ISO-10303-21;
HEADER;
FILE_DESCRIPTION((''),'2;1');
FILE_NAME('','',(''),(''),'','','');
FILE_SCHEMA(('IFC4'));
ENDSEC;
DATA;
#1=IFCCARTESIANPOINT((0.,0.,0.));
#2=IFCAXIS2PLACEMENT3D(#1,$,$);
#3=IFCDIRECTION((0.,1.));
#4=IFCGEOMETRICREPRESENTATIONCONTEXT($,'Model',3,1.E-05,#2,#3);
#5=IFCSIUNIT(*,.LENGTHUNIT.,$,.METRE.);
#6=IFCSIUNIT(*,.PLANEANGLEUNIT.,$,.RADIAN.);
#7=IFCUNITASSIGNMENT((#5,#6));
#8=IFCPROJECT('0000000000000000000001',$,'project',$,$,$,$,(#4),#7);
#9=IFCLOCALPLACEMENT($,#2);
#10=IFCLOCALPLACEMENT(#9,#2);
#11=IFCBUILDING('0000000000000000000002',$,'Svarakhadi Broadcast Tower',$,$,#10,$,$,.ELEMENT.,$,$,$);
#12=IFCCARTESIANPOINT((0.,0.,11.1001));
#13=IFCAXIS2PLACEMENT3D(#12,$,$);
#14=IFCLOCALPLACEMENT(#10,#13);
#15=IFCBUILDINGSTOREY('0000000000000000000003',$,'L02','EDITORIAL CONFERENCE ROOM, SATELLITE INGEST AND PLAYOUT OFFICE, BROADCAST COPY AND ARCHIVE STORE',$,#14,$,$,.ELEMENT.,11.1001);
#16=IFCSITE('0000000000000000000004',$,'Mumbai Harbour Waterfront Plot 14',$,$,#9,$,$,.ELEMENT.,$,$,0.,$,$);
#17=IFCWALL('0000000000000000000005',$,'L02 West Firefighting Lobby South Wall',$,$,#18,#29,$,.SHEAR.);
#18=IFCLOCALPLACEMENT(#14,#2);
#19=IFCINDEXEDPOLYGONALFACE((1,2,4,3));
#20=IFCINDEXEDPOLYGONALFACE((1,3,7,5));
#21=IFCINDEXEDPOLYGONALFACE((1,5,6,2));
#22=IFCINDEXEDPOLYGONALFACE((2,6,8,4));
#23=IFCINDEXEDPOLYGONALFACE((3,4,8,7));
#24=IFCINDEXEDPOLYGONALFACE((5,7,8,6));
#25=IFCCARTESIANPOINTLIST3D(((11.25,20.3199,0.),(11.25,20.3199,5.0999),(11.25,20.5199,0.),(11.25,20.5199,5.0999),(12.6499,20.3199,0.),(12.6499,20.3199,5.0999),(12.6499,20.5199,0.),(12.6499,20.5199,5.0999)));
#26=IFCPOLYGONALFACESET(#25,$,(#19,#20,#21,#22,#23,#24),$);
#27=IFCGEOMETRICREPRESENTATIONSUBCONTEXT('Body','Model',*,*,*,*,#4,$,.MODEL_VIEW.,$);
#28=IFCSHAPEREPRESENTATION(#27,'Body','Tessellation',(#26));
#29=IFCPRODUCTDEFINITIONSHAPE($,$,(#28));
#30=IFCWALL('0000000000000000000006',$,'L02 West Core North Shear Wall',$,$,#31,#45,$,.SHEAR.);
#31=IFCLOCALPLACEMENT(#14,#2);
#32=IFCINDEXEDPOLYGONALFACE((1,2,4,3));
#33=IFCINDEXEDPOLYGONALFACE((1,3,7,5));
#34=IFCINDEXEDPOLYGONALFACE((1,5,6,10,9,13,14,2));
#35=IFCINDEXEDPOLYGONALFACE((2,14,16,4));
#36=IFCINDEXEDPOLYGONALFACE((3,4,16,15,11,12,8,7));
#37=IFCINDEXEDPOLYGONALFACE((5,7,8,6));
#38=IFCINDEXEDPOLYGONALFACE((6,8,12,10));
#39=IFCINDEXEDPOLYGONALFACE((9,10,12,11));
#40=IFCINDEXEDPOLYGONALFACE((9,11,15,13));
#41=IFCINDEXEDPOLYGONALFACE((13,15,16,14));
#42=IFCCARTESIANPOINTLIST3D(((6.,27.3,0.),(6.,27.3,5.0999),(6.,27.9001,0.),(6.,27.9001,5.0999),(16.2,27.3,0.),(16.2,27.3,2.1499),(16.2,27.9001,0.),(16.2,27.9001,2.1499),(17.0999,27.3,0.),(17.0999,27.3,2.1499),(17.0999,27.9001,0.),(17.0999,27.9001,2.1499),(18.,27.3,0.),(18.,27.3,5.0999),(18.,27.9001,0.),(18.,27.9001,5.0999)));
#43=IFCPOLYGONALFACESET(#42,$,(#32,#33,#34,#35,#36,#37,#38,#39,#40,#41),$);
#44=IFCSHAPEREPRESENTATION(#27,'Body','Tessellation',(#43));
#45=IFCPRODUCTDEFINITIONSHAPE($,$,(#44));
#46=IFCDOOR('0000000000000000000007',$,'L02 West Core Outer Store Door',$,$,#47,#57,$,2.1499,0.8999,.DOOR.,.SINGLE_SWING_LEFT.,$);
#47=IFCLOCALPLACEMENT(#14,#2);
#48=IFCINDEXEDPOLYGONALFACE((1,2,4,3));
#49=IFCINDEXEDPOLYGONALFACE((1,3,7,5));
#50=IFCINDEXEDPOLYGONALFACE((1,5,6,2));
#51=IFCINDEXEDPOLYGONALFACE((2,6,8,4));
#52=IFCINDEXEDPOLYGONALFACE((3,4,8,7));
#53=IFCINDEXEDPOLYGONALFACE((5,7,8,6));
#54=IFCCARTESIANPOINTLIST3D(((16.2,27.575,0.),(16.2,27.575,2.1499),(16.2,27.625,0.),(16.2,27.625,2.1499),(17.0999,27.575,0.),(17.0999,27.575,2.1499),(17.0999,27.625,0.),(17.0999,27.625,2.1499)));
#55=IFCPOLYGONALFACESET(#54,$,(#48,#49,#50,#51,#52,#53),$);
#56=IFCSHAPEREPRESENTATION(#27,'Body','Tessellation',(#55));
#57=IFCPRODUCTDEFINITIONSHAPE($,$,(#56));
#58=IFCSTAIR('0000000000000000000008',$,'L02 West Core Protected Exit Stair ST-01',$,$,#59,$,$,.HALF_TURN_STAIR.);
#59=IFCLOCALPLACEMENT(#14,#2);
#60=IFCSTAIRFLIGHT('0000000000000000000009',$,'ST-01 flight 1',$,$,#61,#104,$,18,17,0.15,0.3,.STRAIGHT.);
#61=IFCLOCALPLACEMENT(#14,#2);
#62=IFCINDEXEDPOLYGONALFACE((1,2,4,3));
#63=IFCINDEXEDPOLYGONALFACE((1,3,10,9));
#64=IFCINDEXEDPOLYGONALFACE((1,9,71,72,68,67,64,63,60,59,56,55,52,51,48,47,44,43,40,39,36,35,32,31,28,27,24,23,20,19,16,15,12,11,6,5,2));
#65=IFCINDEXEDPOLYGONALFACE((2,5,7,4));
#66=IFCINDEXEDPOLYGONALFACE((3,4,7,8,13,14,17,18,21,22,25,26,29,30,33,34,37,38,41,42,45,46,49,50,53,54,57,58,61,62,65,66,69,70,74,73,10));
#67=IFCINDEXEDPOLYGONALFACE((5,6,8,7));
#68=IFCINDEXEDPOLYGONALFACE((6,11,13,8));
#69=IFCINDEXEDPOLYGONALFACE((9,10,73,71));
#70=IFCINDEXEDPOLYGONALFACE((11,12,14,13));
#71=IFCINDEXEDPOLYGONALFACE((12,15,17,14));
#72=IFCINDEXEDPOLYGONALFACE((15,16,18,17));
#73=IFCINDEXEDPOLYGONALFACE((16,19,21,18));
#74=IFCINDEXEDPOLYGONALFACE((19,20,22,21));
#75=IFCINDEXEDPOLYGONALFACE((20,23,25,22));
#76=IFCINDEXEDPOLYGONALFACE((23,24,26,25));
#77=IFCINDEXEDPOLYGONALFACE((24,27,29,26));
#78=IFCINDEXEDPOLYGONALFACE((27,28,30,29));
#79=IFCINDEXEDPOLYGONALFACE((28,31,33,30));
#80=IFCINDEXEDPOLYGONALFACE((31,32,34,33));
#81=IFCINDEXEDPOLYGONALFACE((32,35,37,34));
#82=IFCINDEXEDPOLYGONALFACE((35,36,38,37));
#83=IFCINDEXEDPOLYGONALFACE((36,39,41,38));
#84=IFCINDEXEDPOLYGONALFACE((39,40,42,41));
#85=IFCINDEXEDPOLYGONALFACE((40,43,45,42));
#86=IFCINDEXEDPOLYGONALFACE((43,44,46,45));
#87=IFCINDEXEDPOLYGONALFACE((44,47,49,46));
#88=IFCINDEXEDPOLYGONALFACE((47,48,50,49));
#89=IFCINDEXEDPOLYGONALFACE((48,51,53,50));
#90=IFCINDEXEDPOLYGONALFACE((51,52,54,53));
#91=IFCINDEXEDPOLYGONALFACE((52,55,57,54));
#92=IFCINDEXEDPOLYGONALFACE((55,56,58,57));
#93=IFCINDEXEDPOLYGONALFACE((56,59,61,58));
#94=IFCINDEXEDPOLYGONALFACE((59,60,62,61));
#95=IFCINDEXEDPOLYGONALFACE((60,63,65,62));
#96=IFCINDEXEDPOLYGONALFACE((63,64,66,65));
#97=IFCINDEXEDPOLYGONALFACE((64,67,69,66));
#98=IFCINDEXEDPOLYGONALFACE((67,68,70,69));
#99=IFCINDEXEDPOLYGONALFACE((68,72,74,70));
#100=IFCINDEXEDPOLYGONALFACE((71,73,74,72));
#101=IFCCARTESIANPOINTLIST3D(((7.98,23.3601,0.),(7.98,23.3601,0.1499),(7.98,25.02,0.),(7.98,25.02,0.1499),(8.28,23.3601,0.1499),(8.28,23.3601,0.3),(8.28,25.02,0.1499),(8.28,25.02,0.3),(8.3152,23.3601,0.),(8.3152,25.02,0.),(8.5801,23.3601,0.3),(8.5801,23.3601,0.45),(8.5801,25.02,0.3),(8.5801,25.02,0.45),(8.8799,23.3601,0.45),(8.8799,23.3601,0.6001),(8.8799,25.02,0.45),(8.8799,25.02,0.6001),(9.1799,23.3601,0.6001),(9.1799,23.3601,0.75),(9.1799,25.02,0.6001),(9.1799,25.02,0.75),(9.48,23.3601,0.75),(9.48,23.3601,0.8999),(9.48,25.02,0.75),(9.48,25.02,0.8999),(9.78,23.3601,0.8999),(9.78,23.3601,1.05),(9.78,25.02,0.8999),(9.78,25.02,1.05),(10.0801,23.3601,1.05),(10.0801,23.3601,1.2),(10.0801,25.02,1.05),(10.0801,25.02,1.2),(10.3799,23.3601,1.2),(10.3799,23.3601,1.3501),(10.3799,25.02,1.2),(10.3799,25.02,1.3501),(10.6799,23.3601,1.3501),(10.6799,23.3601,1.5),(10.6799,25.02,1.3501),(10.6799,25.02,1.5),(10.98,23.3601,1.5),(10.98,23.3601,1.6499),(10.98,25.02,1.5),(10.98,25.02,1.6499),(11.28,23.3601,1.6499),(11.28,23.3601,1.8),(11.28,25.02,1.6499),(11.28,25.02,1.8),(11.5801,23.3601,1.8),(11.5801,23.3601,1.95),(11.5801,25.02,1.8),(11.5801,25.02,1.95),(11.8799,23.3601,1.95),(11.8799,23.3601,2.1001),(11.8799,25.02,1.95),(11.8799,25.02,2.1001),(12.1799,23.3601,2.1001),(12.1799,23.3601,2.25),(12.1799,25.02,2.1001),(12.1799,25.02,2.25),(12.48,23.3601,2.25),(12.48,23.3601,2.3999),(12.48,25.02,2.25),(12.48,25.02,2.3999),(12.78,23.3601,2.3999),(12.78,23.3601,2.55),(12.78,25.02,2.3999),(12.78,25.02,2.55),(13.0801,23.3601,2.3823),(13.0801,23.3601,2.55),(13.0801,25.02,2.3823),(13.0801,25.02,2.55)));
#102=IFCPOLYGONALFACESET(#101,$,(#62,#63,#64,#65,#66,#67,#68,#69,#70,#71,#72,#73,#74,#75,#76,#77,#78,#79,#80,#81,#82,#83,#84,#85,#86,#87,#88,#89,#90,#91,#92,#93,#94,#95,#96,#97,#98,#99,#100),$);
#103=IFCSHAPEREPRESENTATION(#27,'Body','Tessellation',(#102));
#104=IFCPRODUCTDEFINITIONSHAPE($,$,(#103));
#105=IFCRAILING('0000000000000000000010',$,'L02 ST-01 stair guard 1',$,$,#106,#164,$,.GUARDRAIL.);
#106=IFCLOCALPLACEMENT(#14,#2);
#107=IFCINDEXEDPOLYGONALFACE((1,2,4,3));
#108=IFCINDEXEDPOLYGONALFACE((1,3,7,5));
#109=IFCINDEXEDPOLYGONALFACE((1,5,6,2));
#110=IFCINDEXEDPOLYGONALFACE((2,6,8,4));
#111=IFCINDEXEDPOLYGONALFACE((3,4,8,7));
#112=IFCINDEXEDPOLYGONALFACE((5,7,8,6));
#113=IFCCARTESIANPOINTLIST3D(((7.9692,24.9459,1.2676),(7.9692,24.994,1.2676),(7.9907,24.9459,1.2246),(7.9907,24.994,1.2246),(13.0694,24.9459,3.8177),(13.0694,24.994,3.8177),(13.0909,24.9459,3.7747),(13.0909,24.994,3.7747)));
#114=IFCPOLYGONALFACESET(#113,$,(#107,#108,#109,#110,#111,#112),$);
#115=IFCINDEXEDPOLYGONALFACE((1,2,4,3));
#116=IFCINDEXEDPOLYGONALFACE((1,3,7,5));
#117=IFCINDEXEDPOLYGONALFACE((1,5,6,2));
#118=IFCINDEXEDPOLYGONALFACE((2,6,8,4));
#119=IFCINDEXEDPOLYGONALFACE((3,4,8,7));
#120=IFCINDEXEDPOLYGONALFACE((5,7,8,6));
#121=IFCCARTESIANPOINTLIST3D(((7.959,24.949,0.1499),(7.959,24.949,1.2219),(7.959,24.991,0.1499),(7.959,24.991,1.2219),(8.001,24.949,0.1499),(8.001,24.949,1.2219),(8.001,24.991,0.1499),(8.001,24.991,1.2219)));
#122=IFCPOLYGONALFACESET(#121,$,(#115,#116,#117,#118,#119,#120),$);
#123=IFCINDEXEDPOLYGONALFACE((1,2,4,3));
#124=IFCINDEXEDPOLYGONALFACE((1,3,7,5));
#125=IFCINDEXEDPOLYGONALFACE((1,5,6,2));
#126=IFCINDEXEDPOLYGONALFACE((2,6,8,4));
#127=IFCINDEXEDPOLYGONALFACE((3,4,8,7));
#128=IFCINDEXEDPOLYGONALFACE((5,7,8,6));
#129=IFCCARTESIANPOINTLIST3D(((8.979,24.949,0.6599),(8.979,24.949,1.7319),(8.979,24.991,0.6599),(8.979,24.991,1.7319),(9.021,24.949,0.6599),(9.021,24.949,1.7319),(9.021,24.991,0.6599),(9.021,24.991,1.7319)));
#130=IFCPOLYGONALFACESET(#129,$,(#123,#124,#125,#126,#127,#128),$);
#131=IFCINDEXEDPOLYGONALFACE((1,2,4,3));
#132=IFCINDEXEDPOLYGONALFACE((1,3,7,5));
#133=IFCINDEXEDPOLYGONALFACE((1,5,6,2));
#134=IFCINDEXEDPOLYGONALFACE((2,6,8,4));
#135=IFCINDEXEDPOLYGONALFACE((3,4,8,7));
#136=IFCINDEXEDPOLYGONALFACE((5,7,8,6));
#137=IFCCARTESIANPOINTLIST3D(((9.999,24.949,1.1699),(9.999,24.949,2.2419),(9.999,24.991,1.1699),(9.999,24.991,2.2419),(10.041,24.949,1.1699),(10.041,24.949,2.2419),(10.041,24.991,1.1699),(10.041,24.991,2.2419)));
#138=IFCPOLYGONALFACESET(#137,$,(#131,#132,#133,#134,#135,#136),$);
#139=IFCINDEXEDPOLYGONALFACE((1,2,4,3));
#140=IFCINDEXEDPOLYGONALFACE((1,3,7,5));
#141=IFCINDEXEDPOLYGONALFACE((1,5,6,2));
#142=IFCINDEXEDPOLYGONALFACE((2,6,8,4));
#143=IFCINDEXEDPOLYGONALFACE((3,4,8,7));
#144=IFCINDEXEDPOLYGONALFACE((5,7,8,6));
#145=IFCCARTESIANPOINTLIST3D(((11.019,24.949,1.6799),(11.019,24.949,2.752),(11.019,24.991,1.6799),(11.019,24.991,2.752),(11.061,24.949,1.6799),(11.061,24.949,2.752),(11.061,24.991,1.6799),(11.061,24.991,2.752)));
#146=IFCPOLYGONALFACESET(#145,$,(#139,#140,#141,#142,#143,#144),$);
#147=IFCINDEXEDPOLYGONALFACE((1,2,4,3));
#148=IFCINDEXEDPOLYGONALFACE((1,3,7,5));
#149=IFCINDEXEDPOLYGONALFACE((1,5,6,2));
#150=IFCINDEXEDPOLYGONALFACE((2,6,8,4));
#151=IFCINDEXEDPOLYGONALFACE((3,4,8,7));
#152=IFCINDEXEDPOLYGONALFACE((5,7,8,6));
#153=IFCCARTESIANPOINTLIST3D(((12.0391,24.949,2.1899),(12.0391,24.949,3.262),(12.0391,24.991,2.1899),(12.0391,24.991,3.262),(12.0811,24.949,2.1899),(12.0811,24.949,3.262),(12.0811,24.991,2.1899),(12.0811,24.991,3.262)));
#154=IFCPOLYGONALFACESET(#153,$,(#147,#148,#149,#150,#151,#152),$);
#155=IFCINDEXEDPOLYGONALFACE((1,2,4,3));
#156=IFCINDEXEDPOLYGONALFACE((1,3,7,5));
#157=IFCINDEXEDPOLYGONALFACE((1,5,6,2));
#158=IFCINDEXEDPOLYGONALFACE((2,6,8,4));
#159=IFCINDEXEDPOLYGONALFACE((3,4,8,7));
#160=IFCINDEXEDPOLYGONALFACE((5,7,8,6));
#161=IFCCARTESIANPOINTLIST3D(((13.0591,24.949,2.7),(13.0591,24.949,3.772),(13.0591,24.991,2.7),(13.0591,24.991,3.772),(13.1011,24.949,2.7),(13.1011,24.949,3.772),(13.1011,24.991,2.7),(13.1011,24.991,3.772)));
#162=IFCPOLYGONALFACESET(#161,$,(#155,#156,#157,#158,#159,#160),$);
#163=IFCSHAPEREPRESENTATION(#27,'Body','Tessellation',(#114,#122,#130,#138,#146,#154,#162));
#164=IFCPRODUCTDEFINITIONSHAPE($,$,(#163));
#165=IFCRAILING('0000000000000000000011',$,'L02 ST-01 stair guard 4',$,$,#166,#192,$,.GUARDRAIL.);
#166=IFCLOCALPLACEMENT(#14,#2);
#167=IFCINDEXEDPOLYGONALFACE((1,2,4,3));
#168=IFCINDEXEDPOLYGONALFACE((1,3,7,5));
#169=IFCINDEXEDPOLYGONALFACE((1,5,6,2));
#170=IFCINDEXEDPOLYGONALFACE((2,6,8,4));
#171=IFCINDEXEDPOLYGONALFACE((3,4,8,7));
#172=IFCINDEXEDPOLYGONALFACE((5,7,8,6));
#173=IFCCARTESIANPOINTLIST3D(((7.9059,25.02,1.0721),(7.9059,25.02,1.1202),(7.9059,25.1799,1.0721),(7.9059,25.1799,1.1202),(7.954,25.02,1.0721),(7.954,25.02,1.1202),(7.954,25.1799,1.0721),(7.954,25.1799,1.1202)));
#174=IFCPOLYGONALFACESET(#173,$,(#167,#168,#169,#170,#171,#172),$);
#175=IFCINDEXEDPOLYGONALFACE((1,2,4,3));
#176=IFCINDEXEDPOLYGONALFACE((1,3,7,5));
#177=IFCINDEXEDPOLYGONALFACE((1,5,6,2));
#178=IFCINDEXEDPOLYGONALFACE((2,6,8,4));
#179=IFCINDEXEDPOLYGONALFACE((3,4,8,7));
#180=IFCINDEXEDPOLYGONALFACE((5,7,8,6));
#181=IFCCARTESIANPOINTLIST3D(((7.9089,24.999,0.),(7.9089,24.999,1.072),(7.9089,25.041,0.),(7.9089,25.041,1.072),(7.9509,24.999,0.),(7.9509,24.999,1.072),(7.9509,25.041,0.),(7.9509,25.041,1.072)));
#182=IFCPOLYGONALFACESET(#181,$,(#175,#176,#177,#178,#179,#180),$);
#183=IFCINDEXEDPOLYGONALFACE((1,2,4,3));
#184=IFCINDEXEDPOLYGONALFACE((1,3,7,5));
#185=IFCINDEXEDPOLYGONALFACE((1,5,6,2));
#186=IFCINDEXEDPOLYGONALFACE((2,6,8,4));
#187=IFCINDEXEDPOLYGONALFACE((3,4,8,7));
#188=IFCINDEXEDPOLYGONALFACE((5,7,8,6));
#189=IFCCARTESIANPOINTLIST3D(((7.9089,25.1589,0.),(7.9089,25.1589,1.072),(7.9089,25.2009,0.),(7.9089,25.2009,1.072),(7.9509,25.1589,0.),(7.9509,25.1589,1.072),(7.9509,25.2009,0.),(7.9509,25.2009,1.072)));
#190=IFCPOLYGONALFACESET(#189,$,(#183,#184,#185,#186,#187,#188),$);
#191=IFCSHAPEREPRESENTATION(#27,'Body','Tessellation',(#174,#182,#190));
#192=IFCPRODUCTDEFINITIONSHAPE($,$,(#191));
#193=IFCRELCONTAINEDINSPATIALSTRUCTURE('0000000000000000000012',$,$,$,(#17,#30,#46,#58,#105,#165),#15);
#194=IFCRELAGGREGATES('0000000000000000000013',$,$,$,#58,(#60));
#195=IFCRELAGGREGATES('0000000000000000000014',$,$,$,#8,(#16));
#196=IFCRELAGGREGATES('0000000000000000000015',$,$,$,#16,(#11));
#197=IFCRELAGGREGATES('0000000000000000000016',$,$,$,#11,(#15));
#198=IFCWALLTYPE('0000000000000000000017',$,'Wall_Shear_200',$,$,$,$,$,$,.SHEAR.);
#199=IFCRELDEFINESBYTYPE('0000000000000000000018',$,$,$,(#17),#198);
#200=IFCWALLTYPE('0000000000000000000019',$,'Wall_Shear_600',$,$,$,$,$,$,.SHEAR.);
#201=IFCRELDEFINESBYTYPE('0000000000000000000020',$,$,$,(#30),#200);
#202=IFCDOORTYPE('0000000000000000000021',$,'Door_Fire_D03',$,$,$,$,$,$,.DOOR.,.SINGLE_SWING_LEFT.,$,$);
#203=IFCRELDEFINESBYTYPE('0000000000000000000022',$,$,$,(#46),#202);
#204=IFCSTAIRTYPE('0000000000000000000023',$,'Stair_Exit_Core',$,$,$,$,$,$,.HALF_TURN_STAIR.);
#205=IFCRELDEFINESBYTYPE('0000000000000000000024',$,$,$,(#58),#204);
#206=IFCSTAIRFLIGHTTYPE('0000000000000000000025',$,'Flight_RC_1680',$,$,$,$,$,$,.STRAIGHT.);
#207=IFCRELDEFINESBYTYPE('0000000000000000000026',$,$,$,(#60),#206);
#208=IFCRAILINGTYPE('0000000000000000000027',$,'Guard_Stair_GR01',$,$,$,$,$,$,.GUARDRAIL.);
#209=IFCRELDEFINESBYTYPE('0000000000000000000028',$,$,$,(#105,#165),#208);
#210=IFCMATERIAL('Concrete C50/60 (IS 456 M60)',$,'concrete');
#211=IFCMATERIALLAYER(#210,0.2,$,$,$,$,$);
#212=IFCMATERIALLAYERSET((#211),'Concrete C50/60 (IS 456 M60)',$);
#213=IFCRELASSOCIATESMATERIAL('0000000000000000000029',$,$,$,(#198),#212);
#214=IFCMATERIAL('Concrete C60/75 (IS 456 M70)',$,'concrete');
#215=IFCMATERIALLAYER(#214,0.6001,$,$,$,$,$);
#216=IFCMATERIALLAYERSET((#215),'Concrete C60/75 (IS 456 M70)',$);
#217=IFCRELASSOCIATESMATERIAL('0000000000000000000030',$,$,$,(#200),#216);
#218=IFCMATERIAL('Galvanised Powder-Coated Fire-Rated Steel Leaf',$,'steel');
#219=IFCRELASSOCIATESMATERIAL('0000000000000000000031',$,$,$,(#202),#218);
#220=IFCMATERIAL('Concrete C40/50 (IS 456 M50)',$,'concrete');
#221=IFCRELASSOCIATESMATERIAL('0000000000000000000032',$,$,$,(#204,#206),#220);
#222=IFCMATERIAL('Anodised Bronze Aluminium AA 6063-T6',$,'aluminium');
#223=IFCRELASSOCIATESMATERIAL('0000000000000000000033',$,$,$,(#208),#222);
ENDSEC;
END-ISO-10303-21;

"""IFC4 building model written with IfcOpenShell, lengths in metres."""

from ifc_helpers import new_model, si_unit, direction, frame, frame_2d, origin, origin_2d, place, context, subcontext, project, spatial, polyline, rectangle, outline, extrude, material, layer, layer_set, type_object, element, fill, aggregate, save


model = new_model("IFC4")

# Units and contexts
model_context = context("Model", 3, precision=1e-05, world=origin(), true_north=direction((0.0, 1.0)))
body_context = subcontext(model_context, "Body", "Model", "MODEL_VIEW")
ifc_project = project(units=[si_unit("LENGTHUNIT", "METRE"), si_unit("PLANEANGLEUNIT", "RADIAN")], contexts=[model_context])

# Site, building, storey
site_placement = place(None, origin())
site = spatial("IfcSite", under=ifc_project, at=site_placement, Name="Mumbai Harbour Waterfront Plot 14", CompositionType="ELEMENT", RefElevation=0.0)
building_placement = place(site_placement, origin())
building = spatial("IfcBuilding", under=site, at=building_placement, Name="Svarakhadi Broadcast Tower", CompositionType="ELEMENT")
storey_placement = place(building_placement, frame((0.0, 0.0, 11.1001)))
storey = spatial("IfcBuildingStorey", under=building, at=storey_placement, Name="L02", Description="EDITORIAL CONFERENCE ROOM, SATELLITE INGEST AND PLAYOUT OFFICE, BROADCAST COPY AND ARCHIVE STORE", CompositionType="ELEMENT", Elevation=11.1001)

# Shared definitions
ifc_material_1 = material(Name="Concrete C60/75 (IS 456 M70)", Category="concrete")

# Shared definitions
ifc_material_2 = material(Name="Anodised Bronze Aluminium AA 6063-T6", Category="aluminium")

# Shared definitions
ifc_material_3 = material(Name="Concrete C50/60 (IS 456 M60)", Category="concrete")

# Shared definitions
ifc_material_4 = material(Name="Concrete C40/50 (IS 456 M50)", Category="concrete")

# Shared definitions
ifc_layer_1 = layer(ifc_material_3, 0.2)
ifc_layer_set_1 = layer_set([ifc_layer_1], Name="Concrete C50/60 (IS 456 M60)")
wall_type_1 = type_object("IfcWallType", Name="Wall_Shear_200", PredefinedType="SHEAR", material=ifc_layer_set_1)
ifc_material_5 = material(Name="Galvanised Powder-Coated Fire-Rated Steel Leaf", Category="steel")

# Wall
wall_1_placement = place(storey_placement, frame((11.25, 20.4199, 0.0), z_axis=(0.0, 0.0, 1.0), x_axis=(1.0, 0.0, 0.0)))
element("IfcWall", 1, at=wall_1_placement, inside=storey, type_object=wall_type_1, Name="L02 West Firefighting Lobby South Wall", PredefinedType="SHEAR", context=body_context, shape_type="SweptSolid", body=[
    extrude(rectangle(XDim=1.3999, YDim=0.2, at=frame_2d((0.7, 0.0))), origin(), (0.0, 0.0, 1.0), 5.0999),
])

# Wall, opening, door
ifc_layer_2 = layer(ifc_material_1, 0.6001)
ifc_layer_set_2 = layer_set([ifc_layer_2], Name="Concrete C60/75 (IS 456 M70)")
wall_type_2 = type_object("IfcWallType", Name="Wall_Shear_600", PredefinedType="SHEAR", material=ifc_layer_set_2)
wall_2_placement = place(storey_placement, frame((6.0, 27.6001, 0.0), z_axis=(0.0, 0.0, 1.0), x_axis=(1.0, 0.0, 0.0)))
wall_2 = element("IfcWall", 2, at=wall_2_placement, inside=storey, type_object=wall_type_2, Name="L02 West Core North Shear Wall", PredefinedType="SHEAR", context=body_context, shape_type="SweptSolid", body=[
    extrude(rectangle(XDim=12.0, YDim=0.6001, at=frame_2d((6.0, 0.0))), origin(), (0.0, 0.0, 1.0), 5.0999),
])
opening_1_placement = place(wall_2_placement, frame((10.2, 0.0, 0.0)))
opening_1 = element("IfcOpeningElement", 3, at=opening_1_placement, cuts=wall_2, PredefinedType="OPENING", context=body_context, shape_type="SweptSolid", body=[
    extrude(rectangle(XDim=0.8999, YDim=2.1499, at=frame_2d((0.45, 1.075))), frame((0.0, 0.3101, 0.0), z_axis=(0.0, -1.0, 0.0), x_axis=(1.0, 0.0, 0.0)), (0.0, 0.0, 1.0), 0.6201),
])
door_type_1 = type_object("IfcDoorType", Name="Door_Fire_D03", OperationType="SINGLE_SWING_LEFT", PredefinedType="DOOR", material=ifc_material_5)
door_1_placement = place(opening_1_placement, origin())
door_1 = element("IfcDoor", 4, at=door_1_placement, inside=storey, type_object=door_type_1, Name="L02 West Core Outer Store Door", OperationType="SINGLE_SWING_LEFT", OverallHeight=2.1499, OverallWidth=0.8999, PredefinedType="DOOR", context=body_context, shape_type="SweptSolid", body=[
    extrude(rectangle(XDim=0.8999, YDim=2.1499, at=frame_2d((0.45, 1.075))), frame((0.0, 0.0249, 0.0), z_axis=(0.0, -1.0, 0.0), x_axis=(1.0, 0.0, 0.0)), (0.0, 0.0, 1.0), 0.05),
])
fill(opening_1, door_1)

# Stair, stair flight
stair_type = type_object("IfcStairType", Name="Stair_Exit_Core", PredefinedType="HALF_TURN_STAIR", material=ifc_material_4)
stair_placement = place(storey_placement, origin())
stair = element("IfcStair", 5, at=stair_placement, inside=storey, type_object=stair_type, Name="L02 West Core Protected Exit Stair ST-01", PredefinedType="HALF_TURN_STAIR")
stair_flight_type = type_object("IfcStairFlightType", Name="Flight_RC_1680", PredefinedType="STRAIGHT", material=ifc_material_4)
stair_flight_placement = place(storey_placement, frame((7.98, 24.1899, 0.0), z_axis=(0.0, 0.0, 1.0), x_axis=(1.0, 0.0, 0.0)))
stair_flight = element("IfcStairFlight", 6, at=stair_flight_placement, type_object=stair_flight_type, Name="ST-01 flight 1", NumberOfRisers=18, NumberOfTreads=17, PredefinedType="STRAIGHT", RiserHeight=0.15, TreadLength=0.3, context=body_context, shape_type="SweptSolid", body=[
    extrude(outline(polyline([(0.0, 0.0), (0.0, 0.1499), (0.3, 0.1499), (0.3, 0.3), (0.6001, 0.3), (0.6001, 0.45), (0.8999, 0.45), (0.8999, 0.6001), (1.2, 0.6001), (1.2, 0.75), (1.5, 0.75), (1.5, 0.8999), (1.8, 0.8999), (1.8, 1.05), (2.1001, 1.05), (2.1001, 1.2), (2.3999, 1.2), (2.3999, 1.3501), (2.7, 1.3501), (2.7, 1.5), (3.0, 1.5), (3.0, 1.6499), (3.3, 1.6499), (3.3, 1.8), (3.6001, 1.8), (3.6001, 1.95), (3.8999, 1.95), (3.8999, 2.1001), (4.2, 2.1001), (4.2, 2.25), (4.5, 2.25), (4.5, 2.3999), (4.8, 2.3999), (4.8, 2.55), (5.1001, 2.55), (5.1001, 2.7), (5.1001, 2.3823), (0.3352, 0.0), (0.0, 0.0)])), frame((0.0, 0.8301, 0.0), z_axis=(0.0, -1.0, 0.0), x_axis=(1.0, 0.0, 0.0)), (0.0, 0.0, 1.0), 1.6599),
])
aggregate(stair, [stair_flight])

# Railings
railing_type_1 = type_object("IfcRailingType", Name="Guard_Stair_GR01", PredefinedType="GUARDRAIL", material=ifc_material_2)
railing_1_placement = place(storey_placement, frame((7.98, 24.97, 0.1499)))
element("IfcRailing", 7, at=railing_1_placement, inside=storey, type_object=railing_type_1, Name="L02 ST-01 stair guard 1", PredefinedType="GUARDRAIL", context=body_context, shape_type="SweptSolid", body=[
    extrude(rectangle(XDim=0.0481, YDim=0.0481, at=origin_2d()), frame((0.0, 0.0, 1.0962), z_axis=(0.894427, 0.0, 0.447214), x_axis=(0.0, 1.0, 0.0)), (0.0, 0.0, 1.0), 5.7021),
    extrude(rectangle(XDim=0.042, YDim=0.042, at=origin_2d()), origin(), (0.0, 0.0, 1.0), 1.072),
    extrude(rectangle(XDim=0.042, YDim=0.042, at=origin_2d()), frame((1.02, 0.0, 0.51)), (0.0, 0.0, 1.0), 1.072),
    extrude(rectangle(XDim=0.042, YDim=0.042, at=origin_2d()), frame((2.04, 0.0, 1.02)), (0.0, 0.0, 1.0), 1.072),
    extrude(rectangle(XDim=0.042, YDim=0.042, at=origin_2d()), frame((3.0601, 0.0, 1.53)), (0.0, 0.0, 1.0), 1.072),
    extrude(rectangle(XDim=0.042, YDim=0.042, at=origin_2d()), frame((4.0801, 0.0, 2.04)), (0.0, 0.0, 1.0), 1.072),
    extrude(rectangle(XDim=0.042, YDim=0.042, at=origin_2d()), frame((5.1001, 0.0, 2.55)), (0.0, 0.0, 1.0), 1.072),
])
railing_2_placement = place(storey_placement, frame((7.9299, 25.02, 0.0)))
element("IfcRailing", 8, at=railing_2_placement, inside=storey, type_object=railing_type_1, Name="L02 ST-01 stair guard 4", PredefinedType="GUARDRAIL", context=body_context, shape_type="SweptSolid", body=[
    extrude(rectangle(XDim=0.0481, YDim=0.0481, at=origin_2d()), frame((0.0, 0.0, 1.0962), z_axis=(0.0, 1.0, 0.0), x_axis=(-1.0, 0.0, 0.0)), (0.0, 0.0, 1.0), 0.1599),
    extrude(rectangle(XDim=0.042, YDim=0.042, at=origin_2d()), origin(), (0.0, 0.0, 1.0), 1.072),
    extrude(rectangle(XDim=0.042, YDim=0.042, at=origin_2d()), frame((0.0, 0.1599, 0.0)), (0.0, 0.0, 1.0), 1.072),
])

save(model, "model.ifc")
